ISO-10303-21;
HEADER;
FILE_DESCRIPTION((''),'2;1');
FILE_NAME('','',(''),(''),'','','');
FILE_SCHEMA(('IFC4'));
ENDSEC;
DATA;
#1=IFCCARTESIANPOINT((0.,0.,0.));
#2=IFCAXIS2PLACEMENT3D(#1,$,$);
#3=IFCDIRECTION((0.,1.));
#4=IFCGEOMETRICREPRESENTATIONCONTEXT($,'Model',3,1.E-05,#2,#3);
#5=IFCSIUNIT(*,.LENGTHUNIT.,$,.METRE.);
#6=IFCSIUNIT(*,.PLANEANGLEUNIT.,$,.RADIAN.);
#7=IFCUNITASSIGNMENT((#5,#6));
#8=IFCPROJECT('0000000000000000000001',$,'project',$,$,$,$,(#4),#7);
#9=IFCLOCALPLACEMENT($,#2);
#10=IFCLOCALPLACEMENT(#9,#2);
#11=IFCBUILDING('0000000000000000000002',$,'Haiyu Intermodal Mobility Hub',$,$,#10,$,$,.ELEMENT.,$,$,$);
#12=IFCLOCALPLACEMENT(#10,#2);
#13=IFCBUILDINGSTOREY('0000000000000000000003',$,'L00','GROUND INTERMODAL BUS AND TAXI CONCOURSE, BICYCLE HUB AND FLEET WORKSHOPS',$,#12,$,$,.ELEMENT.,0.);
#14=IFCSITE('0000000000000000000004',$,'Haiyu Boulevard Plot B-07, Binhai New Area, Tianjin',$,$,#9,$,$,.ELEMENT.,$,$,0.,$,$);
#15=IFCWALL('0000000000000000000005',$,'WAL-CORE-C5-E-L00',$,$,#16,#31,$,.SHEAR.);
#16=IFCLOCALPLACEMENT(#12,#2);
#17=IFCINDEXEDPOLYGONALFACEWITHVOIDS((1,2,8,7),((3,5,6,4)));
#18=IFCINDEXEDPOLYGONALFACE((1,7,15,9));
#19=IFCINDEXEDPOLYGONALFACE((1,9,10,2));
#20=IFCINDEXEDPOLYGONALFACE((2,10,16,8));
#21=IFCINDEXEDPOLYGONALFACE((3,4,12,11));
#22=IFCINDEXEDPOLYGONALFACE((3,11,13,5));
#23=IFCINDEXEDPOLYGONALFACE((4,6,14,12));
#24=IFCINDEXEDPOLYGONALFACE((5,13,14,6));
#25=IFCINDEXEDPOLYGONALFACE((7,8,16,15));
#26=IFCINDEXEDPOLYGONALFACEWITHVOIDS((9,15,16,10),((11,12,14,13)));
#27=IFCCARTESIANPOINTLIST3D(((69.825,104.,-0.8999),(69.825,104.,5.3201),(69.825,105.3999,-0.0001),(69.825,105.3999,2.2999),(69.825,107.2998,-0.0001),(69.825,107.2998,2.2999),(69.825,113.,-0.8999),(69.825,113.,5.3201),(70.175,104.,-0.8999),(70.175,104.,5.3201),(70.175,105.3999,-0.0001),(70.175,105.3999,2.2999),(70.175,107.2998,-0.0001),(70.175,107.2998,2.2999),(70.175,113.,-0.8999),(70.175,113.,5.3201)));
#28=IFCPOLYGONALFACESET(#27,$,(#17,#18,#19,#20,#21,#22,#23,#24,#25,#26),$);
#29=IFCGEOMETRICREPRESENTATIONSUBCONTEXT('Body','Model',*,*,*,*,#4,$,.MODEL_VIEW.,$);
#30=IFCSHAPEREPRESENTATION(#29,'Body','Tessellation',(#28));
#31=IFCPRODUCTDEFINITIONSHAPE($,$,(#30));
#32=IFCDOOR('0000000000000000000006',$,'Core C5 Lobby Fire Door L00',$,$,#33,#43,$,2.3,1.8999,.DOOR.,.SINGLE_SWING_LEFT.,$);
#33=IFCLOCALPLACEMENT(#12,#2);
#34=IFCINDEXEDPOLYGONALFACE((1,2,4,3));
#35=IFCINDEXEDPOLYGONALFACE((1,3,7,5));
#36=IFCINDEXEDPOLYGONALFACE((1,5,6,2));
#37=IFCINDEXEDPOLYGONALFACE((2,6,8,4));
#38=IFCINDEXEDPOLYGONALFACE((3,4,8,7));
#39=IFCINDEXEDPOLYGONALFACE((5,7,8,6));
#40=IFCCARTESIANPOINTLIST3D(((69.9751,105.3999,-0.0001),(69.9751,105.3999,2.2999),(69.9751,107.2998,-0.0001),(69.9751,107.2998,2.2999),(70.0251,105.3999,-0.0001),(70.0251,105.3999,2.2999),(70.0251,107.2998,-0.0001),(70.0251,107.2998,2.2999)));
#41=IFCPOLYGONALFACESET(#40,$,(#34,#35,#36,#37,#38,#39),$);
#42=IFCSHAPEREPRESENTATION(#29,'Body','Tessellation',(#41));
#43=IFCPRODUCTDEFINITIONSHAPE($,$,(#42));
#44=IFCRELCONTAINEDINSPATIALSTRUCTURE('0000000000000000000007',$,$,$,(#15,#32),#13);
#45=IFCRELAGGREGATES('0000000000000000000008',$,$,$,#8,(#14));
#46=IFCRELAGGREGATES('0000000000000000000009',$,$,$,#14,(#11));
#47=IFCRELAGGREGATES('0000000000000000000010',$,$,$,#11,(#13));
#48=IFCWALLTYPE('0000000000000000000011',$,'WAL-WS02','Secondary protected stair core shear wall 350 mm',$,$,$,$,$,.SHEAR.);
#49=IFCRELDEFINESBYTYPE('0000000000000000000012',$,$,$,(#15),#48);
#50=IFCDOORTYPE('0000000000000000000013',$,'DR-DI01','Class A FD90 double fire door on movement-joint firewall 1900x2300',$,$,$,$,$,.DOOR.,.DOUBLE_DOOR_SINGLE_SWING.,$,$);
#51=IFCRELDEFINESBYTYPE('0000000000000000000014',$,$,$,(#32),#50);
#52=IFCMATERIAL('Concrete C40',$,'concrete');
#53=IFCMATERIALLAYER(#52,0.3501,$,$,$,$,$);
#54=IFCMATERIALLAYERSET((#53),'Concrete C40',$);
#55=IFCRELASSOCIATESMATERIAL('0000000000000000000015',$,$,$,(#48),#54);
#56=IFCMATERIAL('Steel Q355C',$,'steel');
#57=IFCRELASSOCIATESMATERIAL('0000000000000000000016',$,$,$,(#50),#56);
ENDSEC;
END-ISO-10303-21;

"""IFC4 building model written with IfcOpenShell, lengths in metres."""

from ifc_helpers import new_model, si_unit, direction, frame, frame_2d, origin, place, context, subcontext, project, spatial, rectangle, extrude, material, layer, layer_set, type_object, element, fill, save


model = new_model("IFC4")

# Units and contexts
model_context = context("Model", 3, precision=1e-05, world=origin(), true_north=direction((0.0, 1.0)))
body_context = subcontext(model_context, "Body", "Model", "MODEL_VIEW")
ifc_project = project(units=[si_unit("LENGTHUNIT", "METRE"), si_unit("PLANEANGLEUNIT", "RADIAN")], contexts=[model_context])

# Site, building, storey
site_placement = place(None, origin())
site = spatial("IfcSite", under=ifc_project, at=site_placement, Name="Haiyu Boulevard Plot B-07, Binhai New Area, Tianjin", CompositionType="ELEMENT", RefElevation=0.0)
building_placement = place(site_placement, origin())
building = spatial("IfcBuilding", under=site, at=building_placement, Name="Haiyu Intermodal Mobility Hub", CompositionType="ELEMENT")
storey_placement = place(building_placement, origin())
storey = spatial("IfcBuildingStorey", under=building, at=storey_placement, Name="L00", Description="GROUND INTERMODAL BUS AND TAXI CONCOURSE, BICYCLE HUB AND FLEET WORKSHOPS", CompositionType="ELEMENT", Elevation=0.0)

# Shared definitions
ifc_material_1 = material(Name="Concrete C40", Category="concrete")

# Wall, opening, door
ifc_layer_1 = layer(ifc_material_1, 0.3501)
ifc_layer_set_1 = layer_set([ifc_layer_1], Name="Concrete C40")
wall_type_1 = type_object("IfcWallType", Name="WAL-WS02", Description="Secondary protected stair core shear wall 350 mm", PredefinedType="SHEAR", material=ifc_layer_set_1)
wall_1_placement = place(storey_placement, frame((70.0, 104.0, -0.8999), z_axis=(0.0, 0.0, 1.0), x_axis=(0.0, 1.0, 0.0)))
wall_1 = element("IfcWall", 1, at=wall_1_placement, inside=storey, type_object=wall_type_1, Name="WAL-CORE-C5-E-L00", PredefinedType="SHEAR", context=body_context, shape_type="SweptSolid", body=[
    extrude(rectangle(XDim=9.0, YDim=0.3501, at=frame_2d((4.5, 0.0))), origin(), (0.0, 0.0, 1.0), 6.22),
])
opening_1_placement = place(wall_1_placement, frame((1.3999, 0.0, 0.8999)))
opening_1 = element("IfcOpeningElement", 2, at=opening_1_placement, cuts=wall_1, PredefinedType="OPENING", context=body_context, shape_type="SweptSolid", body=[
    extrude(rectangle(XDim=1.8999, YDim=2.3, at=frame_2d((0.95, 1.1499))), frame((0.0, 0.1851, 0.0), z_axis=(0.0, -1.0, 0.0), x_axis=(1.0, 0.0, 0.0)), (0.0, 0.0, 1.0), 0.3701),
])
ifc_material_2 = material(Name="Steel Q355C", Category="steel")
door_type_1 = type_object("IfcDoorType", Name="DR-DI01", Description="Class A FD90 double fire door on movement-joint firewall 1900x2300", OperationType="DOUBLE_DOOR_SINGLE_SWING", PredefinedType="DOOR", material=ifc_material_2)
door_1_placement = place(opening_1_placement, origin())
door_1 = element("IfcDoor", 3, at=door_1_placement, inside=storey, type_object=door_type_1, Name="Core C5 Lobby Fire Door L00", OperationType="SINGLE_SWING_LEFT", OverallHeight=2.3, OverallWidth=1.8999, PredefinedType="DOOR", context=body_context, shape_type="SweptSolid", body=[
    extrude(rectangle(XDim=1.8999, YDim=2.3, at=frame_2d((0.95, 1.1499))), frame((0.0, 0.0249, 0.0), z_axis=(0.0, -1.0, 0.0), x_axis=(1.0, 0.0, 0.0)), (0.0, 0.0, 1.0), 0.05),
])
fill(opening_1, door_1)

save(model, "model.ifc")
